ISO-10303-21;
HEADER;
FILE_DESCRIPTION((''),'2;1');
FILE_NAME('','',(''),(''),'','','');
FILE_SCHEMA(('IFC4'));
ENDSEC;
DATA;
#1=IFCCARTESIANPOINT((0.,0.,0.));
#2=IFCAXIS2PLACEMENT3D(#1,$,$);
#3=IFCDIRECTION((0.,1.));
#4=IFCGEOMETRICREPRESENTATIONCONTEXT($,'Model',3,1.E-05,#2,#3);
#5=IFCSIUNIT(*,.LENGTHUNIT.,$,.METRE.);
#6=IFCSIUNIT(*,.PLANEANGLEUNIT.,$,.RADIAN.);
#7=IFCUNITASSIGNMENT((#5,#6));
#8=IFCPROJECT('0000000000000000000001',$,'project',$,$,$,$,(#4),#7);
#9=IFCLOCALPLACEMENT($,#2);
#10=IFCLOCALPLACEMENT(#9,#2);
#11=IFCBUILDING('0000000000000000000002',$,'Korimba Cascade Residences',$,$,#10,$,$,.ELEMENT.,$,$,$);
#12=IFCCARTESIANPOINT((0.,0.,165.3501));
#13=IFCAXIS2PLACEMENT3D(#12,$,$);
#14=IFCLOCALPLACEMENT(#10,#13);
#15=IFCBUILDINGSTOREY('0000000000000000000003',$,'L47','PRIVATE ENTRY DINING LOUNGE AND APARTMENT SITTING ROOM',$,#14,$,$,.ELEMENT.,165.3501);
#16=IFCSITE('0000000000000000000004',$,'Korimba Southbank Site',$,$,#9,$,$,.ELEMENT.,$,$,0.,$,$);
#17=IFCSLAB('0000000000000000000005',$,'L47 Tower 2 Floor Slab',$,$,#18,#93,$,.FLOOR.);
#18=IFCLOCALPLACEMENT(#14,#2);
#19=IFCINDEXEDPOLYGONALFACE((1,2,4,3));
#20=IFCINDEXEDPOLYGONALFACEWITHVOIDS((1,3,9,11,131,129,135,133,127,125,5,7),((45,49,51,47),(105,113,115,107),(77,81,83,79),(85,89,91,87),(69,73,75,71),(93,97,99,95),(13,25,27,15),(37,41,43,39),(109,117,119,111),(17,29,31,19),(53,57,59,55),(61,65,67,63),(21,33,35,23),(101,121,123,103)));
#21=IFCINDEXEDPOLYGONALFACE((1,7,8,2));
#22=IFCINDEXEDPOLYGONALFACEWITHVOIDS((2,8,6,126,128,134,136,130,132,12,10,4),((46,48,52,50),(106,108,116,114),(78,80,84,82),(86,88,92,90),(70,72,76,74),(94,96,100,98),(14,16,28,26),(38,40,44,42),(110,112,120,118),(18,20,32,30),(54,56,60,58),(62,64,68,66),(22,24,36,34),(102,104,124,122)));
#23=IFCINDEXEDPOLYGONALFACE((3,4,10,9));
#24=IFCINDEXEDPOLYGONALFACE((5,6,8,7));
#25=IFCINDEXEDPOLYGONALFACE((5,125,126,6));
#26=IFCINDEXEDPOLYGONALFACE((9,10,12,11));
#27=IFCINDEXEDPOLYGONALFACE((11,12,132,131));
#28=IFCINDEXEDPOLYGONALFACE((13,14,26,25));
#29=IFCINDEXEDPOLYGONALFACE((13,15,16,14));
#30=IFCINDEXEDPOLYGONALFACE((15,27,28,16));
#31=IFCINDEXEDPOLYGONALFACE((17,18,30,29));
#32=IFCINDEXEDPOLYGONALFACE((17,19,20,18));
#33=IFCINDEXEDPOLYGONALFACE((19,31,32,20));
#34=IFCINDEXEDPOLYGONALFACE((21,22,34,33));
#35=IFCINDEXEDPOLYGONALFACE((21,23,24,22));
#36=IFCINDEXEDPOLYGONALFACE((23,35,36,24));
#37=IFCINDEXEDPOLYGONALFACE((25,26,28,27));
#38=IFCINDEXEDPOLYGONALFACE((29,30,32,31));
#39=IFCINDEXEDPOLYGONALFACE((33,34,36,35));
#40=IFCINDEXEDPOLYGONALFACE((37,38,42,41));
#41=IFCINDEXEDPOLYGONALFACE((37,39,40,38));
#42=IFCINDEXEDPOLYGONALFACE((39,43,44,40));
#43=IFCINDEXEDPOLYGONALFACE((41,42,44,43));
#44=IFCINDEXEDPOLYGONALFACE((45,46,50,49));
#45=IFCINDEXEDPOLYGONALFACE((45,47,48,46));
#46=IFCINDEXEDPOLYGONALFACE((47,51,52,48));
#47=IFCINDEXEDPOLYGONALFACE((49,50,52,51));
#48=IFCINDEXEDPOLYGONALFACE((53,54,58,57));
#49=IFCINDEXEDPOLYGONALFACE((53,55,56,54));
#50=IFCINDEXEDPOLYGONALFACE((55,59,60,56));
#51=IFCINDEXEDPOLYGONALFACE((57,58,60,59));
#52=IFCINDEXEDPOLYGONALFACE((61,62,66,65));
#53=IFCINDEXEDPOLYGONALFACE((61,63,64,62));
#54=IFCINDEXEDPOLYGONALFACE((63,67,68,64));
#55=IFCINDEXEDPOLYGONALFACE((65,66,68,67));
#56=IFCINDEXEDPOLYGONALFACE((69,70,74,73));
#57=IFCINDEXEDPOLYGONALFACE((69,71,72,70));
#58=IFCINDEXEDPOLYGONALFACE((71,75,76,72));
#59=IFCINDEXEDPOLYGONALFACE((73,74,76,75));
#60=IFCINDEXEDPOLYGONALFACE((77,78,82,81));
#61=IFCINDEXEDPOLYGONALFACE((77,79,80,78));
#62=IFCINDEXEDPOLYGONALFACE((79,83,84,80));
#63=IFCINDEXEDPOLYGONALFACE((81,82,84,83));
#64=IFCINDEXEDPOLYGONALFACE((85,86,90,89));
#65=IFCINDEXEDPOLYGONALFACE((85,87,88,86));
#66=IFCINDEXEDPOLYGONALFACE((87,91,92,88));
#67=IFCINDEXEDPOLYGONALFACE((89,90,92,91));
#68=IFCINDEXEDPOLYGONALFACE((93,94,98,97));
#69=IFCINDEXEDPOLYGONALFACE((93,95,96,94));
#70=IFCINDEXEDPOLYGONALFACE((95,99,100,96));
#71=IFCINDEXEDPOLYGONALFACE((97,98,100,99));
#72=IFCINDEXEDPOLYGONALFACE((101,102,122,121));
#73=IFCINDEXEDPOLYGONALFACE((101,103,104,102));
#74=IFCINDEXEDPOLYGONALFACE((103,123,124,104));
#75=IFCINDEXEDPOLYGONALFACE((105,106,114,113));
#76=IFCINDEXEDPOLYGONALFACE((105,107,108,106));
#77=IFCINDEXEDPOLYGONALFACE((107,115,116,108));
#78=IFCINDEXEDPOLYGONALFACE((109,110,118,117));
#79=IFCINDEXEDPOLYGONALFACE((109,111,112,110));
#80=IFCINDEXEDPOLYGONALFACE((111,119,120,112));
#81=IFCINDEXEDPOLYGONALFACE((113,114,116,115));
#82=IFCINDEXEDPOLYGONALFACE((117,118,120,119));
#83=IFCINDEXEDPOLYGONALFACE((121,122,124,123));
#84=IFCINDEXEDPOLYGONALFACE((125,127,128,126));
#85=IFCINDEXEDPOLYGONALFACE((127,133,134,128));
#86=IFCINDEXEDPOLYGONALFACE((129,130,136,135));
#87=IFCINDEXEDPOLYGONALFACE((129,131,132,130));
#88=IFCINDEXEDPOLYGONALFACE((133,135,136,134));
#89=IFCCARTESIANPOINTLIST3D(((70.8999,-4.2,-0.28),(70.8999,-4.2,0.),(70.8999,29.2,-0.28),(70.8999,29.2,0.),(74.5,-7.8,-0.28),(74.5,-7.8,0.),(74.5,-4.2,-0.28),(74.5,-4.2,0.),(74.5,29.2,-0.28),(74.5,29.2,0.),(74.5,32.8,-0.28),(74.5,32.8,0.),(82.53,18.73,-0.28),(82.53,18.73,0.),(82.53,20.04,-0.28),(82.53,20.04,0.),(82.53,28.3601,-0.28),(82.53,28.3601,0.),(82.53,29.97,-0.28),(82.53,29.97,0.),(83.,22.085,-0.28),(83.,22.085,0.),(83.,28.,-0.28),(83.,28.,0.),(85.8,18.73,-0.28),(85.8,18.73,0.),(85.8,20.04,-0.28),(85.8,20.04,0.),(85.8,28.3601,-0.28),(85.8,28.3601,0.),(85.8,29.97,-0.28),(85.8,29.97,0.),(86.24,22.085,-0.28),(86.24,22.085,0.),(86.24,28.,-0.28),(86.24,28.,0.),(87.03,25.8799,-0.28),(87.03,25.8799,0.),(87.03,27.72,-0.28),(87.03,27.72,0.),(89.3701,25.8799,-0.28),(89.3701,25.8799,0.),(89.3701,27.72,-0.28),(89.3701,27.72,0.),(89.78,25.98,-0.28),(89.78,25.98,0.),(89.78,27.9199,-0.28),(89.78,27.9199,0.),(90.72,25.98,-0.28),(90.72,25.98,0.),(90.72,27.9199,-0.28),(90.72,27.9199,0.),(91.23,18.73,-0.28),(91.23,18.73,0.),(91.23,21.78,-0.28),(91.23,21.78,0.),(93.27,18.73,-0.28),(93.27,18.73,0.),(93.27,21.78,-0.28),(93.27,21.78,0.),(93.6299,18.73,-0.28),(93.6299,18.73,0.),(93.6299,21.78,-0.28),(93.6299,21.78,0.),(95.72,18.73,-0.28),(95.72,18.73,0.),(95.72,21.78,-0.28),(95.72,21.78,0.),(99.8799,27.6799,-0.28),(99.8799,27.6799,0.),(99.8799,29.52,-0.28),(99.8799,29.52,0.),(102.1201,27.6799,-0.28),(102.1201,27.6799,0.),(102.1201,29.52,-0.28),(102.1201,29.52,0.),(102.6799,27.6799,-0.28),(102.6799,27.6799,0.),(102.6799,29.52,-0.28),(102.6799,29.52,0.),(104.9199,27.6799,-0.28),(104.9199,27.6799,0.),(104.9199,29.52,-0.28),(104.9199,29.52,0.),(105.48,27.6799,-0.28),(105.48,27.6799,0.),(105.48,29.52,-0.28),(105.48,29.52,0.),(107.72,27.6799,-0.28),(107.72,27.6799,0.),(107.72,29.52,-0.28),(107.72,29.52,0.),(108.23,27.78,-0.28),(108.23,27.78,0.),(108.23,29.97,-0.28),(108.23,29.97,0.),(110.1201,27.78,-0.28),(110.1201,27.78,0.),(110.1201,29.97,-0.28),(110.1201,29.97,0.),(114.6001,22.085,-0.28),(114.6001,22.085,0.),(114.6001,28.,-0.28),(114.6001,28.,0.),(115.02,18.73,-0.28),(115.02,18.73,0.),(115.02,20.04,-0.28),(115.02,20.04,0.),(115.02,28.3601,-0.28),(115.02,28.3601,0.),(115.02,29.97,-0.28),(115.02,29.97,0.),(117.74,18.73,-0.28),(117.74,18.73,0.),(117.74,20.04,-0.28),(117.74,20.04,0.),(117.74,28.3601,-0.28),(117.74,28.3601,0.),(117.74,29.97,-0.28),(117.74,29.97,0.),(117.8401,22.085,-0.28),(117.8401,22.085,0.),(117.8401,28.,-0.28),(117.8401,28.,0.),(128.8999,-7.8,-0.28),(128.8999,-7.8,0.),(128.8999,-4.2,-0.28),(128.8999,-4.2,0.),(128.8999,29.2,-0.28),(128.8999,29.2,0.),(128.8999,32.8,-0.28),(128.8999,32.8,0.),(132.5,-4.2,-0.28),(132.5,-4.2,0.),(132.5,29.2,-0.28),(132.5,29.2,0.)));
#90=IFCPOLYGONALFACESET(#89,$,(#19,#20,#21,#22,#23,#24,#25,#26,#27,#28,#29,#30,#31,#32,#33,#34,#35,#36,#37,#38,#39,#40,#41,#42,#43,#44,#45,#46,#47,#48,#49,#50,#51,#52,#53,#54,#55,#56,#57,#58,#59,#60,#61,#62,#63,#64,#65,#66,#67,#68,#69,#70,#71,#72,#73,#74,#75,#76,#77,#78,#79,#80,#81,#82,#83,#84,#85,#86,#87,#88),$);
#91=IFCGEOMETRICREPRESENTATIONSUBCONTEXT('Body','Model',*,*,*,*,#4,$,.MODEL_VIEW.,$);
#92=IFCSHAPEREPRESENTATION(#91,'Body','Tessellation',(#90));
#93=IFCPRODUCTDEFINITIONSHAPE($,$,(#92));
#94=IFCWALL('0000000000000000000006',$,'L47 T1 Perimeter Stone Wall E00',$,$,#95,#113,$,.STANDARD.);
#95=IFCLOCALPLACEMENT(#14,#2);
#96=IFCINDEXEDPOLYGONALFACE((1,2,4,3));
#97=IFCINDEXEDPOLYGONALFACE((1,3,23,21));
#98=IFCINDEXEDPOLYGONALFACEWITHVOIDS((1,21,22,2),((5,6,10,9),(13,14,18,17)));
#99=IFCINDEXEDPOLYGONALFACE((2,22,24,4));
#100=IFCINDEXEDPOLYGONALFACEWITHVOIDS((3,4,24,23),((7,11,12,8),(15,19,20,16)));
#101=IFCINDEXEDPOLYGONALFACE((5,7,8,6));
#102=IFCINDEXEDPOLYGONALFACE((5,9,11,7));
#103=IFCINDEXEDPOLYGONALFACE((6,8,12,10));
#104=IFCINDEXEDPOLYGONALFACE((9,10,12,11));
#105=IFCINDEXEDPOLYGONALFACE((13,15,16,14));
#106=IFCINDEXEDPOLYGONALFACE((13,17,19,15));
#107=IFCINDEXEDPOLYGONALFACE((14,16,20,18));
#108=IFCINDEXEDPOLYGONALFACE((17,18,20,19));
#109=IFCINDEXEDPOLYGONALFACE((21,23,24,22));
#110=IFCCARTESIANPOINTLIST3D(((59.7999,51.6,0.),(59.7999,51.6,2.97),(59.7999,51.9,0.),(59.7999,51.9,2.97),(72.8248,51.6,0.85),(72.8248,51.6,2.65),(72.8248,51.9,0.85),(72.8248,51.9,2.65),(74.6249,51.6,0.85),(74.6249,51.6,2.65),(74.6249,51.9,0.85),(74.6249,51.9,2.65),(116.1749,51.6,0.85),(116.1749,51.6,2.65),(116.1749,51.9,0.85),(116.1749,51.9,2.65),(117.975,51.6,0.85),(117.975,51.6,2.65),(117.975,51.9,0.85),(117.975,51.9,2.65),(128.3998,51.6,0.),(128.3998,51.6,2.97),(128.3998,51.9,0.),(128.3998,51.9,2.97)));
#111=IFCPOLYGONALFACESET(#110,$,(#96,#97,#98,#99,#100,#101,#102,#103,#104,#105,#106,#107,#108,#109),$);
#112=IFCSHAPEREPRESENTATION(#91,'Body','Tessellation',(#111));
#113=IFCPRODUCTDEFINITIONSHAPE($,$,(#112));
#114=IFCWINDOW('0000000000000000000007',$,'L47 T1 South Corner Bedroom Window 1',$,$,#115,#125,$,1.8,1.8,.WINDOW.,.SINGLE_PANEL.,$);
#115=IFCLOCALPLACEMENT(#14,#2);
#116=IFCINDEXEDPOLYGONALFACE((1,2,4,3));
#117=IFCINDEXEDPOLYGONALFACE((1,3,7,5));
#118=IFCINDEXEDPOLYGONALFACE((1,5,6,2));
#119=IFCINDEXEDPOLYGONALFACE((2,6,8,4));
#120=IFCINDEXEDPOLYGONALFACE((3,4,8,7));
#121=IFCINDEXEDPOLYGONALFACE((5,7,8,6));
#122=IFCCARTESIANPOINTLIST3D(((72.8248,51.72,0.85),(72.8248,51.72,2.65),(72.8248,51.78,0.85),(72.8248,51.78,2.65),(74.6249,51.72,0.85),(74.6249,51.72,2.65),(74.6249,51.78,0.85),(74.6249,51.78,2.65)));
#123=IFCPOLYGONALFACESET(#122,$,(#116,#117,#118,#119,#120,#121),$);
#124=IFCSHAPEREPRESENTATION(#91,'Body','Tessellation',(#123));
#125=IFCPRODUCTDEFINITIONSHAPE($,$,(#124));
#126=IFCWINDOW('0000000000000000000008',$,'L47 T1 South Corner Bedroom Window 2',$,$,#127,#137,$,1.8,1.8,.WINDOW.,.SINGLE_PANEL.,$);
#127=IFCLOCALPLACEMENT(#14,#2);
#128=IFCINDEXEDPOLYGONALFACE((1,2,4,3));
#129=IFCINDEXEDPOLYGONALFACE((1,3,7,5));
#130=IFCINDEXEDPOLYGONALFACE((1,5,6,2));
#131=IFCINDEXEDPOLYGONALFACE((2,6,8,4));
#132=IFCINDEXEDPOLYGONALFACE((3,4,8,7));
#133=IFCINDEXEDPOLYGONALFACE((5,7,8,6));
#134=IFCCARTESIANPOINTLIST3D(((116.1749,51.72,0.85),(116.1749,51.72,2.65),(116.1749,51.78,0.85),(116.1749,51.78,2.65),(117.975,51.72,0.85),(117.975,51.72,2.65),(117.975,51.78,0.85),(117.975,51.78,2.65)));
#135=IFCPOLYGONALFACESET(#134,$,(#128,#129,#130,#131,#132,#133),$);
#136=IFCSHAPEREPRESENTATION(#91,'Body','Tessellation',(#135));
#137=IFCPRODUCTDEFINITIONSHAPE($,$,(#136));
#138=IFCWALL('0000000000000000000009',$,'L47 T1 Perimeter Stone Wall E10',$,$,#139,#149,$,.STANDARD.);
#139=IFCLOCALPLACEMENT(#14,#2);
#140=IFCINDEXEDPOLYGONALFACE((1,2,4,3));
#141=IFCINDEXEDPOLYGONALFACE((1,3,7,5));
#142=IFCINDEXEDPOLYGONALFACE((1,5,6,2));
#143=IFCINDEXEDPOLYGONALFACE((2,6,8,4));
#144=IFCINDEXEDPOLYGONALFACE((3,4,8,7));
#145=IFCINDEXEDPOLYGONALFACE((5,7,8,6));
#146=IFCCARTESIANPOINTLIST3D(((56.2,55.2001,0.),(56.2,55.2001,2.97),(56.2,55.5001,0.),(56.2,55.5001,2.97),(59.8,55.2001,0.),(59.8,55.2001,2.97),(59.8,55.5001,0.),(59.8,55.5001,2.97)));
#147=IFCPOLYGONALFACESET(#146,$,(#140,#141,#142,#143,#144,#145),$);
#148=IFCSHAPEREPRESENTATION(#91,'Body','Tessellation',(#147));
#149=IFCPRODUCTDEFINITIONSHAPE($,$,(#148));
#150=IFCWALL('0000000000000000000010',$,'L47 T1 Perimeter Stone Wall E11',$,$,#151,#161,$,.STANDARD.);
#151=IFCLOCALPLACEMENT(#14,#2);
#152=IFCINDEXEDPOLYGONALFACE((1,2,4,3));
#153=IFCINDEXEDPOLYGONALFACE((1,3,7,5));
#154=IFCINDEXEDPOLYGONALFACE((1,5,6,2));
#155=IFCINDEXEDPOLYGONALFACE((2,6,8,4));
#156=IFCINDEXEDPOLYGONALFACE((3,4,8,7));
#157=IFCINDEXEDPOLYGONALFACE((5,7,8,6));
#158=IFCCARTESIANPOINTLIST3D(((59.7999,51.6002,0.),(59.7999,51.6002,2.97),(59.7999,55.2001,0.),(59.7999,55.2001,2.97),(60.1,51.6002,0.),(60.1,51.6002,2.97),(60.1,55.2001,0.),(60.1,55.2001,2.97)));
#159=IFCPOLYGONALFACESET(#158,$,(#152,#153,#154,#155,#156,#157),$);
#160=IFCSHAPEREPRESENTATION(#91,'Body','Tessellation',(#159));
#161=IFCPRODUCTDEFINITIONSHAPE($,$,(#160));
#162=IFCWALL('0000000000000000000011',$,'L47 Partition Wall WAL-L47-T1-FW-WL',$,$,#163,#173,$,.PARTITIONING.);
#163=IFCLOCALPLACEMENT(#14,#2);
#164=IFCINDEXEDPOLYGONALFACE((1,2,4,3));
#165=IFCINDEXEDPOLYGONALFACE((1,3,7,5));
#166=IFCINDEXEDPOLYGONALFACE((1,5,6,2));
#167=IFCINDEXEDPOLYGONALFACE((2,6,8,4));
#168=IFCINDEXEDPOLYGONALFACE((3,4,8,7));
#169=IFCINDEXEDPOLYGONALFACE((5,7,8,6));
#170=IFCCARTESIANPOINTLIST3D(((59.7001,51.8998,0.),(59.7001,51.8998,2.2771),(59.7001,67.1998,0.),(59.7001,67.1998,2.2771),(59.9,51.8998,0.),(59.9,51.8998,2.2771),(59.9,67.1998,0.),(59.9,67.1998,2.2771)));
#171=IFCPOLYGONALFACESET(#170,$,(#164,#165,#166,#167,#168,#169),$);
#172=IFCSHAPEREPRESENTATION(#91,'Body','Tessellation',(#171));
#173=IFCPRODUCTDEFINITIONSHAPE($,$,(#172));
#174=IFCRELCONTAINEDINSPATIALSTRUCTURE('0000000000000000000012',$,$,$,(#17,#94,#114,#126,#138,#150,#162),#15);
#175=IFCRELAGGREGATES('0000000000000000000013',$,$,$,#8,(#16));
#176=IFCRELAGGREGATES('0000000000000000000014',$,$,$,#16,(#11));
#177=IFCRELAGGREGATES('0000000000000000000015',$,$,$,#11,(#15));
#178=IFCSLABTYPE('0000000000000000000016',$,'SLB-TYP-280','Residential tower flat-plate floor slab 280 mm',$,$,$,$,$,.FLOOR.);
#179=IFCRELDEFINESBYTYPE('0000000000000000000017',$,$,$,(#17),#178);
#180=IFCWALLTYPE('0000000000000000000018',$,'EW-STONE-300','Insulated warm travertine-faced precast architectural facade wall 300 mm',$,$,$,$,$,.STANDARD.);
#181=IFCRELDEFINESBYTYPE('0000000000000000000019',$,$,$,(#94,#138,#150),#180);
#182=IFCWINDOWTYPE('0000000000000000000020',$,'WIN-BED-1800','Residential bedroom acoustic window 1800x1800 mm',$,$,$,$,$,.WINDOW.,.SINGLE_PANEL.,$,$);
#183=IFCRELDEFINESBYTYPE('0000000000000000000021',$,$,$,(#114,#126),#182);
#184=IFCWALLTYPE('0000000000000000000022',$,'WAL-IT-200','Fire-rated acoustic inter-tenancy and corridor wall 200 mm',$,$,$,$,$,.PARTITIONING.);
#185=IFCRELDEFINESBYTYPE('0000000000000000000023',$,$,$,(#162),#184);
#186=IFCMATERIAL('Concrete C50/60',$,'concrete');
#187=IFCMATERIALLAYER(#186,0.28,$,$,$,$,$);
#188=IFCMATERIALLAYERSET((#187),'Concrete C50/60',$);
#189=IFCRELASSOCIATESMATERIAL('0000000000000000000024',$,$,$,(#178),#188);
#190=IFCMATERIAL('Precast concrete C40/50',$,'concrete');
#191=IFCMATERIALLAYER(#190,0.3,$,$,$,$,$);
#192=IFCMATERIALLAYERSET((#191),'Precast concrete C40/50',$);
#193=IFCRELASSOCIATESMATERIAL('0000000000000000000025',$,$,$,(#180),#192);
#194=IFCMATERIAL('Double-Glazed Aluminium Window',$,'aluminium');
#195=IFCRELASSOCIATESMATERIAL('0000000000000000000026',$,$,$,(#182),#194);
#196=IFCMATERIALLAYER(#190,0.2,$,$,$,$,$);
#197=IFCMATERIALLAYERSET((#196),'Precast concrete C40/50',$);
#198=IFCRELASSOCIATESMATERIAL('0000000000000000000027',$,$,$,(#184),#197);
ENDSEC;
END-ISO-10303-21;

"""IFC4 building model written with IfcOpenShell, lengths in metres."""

from ifc_helpers import new_model, si_unit, direction, frame, frame_2d, origin, place, context, subcontext, project, spatial, polyline, rectangle, outline, extrude, material, layer, layer_set, type_object, element, fill, save


model = new_model("IFC4")

# Units and contexts
model_context = context("Model", 3, precision=1e-05, world=origin(), true_north=direction((0.0, 1.0)))
body_context = subcontext(model_context, "Body", "Model", "MODEL_VIEW")
ifc_project = project(units=[si_unit("LENGTHUNIT", "METRE"), si_unit("PLANEANGLEUNIT", "RADIAN")], contexts=[model_context])

# Site, building, storey
site_placement = place(None, origin())
site = spatial("IfcSite", under=ifc_project, at=site_placement, Name="Korimba Southbank Site", CompositionType="ELEMENT", RefElevation=0.0)
building_placement = place(site_placement, origin())
building = spatial("IfcBuilding", under=site, at=building_placement, Name="Korimba Cascade Residences", CompositionType="ELEMENT")
storey_placement = place(building_placement, frame((0.0, 0.0, 165.3501)))
storey = spatial("IfcBuildingStorey", under=building, at=storey_placement, Name="L47", Description="PRIVATE ENTRY DINING LOUNGE AND APARTMENT SITTING ROOM", CompositionType="ELEMENT", Elevation=165.3501)

# Shared definitions
ifc_material_1 = material(Name="Concrete C50/60", Category="concrete")

# Slab
ifc_material_2 = material(Name="Precast concrete C40/50", Category="concrete")
ifc_layer_1 = layer(ifc_material_1, 0.28)
ifc_layer_set_1 = layer_set([ifc_layer_1], Name="Concrete C50/60")
slab_type_1 = type_object("IfcSlabType", Name="SLB-TYP-280", Description="Residential tower flat-plate floor slab 280 mm", PredefinedType="FLOOR", material=ifc_layer_set_1)
slab_1_placement = place(storey_placement, frame((0.0, 0.0, -0.28)))
element("IfcSlab", 1, at=slab_1_placement, inside=storey, type_object=slab_type_1, Name="L47 Tower 2 Floor Slab", PredefinedType="FLOOR", context=body_context, shape_type="SweptSolid", body=[
    extrude(outline(polyline([(74.5, -7.8), (128.8999, -7.8), (128.8999, -4.2), (132.5, -4.2), (132.5, 29.2), (128.8999, 29.2), (128.8999, 32.8), (74.5, 32.8), (74.5, 29.2), (70.8999, 29.2), (70.8999, -4.2), (74.5, -4.2), (74.5, -7.8)]), holes=[polyline([(86.24, 22.085), (86.24, 28.0), (83.0, 28.0), (83.0, 22.085), (86.24, 22.085)]), polyline([(117.8401, 22.085), (117.8401, 28.0), (114.6001, 28.0), (114.6001, 22.085), (117.8401, 22.085)]), polyline([(87.03, 25.8799), (89.3701, 25.8799), (89.3701, 27.72), (87.03, 27.72), (87.03, 25.8799)]), polyline([(99.8799, 27.6799), (102.1201, 27.6799), (102.1201, 29.52), (99.8799, 29.52), (99.8799, 27.6799)]), polyline([(102.6799, 27.6799), (104.9199, 27.6799), (104.9199, 29.52), (102.6799, 29.52), (102.6799, 27.6799)]), polyline([(105.48, 27.6799), (107.72, 27.6799), (107.72, 29.52), (105.48, 29.52), (105.48, 27.6799)]), polyline([(89.78, 25.98), (90.72, 25.98), (90.72, 27.9199), (89.78, 27.9199), (89.78, 25.98)]), polyline([(82.53, 18.73), (85.8, 18.73), (85.8, 20.04), (82.53, 20.04), (82.53, 18.73)]), polyline([(82.53, 28.3601), (85.8, 28.3601), (85.8, 29.97), (82.53, 29.97), (82.53, 28.3601)]), polyline([(108.23, 27.78), (110.1201, 27.78), (110.1201, 29.97), (108.23, 29.97), (108.23, 27.78)]), polyline([(91.23, 18.73), (93.27, 18.73), (93.27, 21.78), (91.23, 21.78), (91.23, 18.73)]), polyline([(93.6299, 18.73), (95.72, 18.73), (95.72, 21.78), (93.6299, 21.78), (93.6299, 18.73)]), polyline([(115.02, 18.73), (117.74, 18.73), (117.74, 20.04), (115.02, 20.04), (115.02, 18.73)]), polyline([(115.02, 28.3601), (117.74, 28.3601), (117.74, 29.97), (115.02, 29.97), (115.02, 28.3601)])]), origin(), (0.0, 0.0, 1.0), 0.28),
])

# Wall, openings, windows
ifc_layer_2 = layer(ifc_material_2, 0.3)
ifc_layer_set_2 = layer_set([ifc_layer_2], Name="Precast concrete C40/50")
wall_type_1 = type_object("IfcWallType", Name="EW-STONE-300", Description="Insulated warm travertine-faced precast architectural facade wall 300 mm", PredefinedType="STANDARD", material=ifc_layer_set_2)
wall_1_placement = place(storey_placement, frame((59.8, 51.75, 0.0), z_axis=(0.0, 0.0, 1.0), x_axis=(1.0, 0.0, 0.0)))
wall_1 = element("IfcWall", 2, at=wall_1_placement, inside=storey, type_object=wall_type_1, Name="L47 T1 Perimeter Stone Wall E00", PredefinedType="STANDARD", context=body_context, shape_type="SweptSolid", body=[
    extrude(rectangle(XDim=68.5999, YDim=0.3, at=frame_2d((34.2998, 0.0))), origin(), (0.0, 0.0, 1.0), 2.97),
])
opening_1_placement = place(wall_1_placement, frame((13.0249, 0.0, 0.8501)))
opening_1 = element("IfcOpeningElement", 3, at=opening_1_placement, cuts=wall_1, PredefinedType="OPENING", context=body_context, shape_type="SweptSolid", body=[
    extrude(rectangle(XDim=1.8, YDim=1.8, at=frame_2d((0.8999, 0.8999))), frame((0.0, 0.1602, 0.0), z_axis=(0.0, -1.0, 0.0), x_axis=(1.0, 0.0, 0.0)), (0.0, 0.0, 1.0), 0.3201),
])
opening_2_placement = place(wall_1_placement, frame((56.375, 0.0, 0.8501)))
opening_2 = element("IfcOpeningElement", 4, at=opening_2_placement, cuts=wall_1, PredefinedType="OPENING", context=body_context, shape_type="SweptSolid", body=[
    extrude(rectangle(XDim=1.8, YDim=1.8, at=frame_2d((0.8999, 0.8999))), frame((0.0, 0.1602, 0.0), z_axis=(0.0, -1.0, 0.0), x_axis=(1.0, 0.0, 0.0)), (0.0, 0.0, 1.0), 0.3201),
])
ifc_material_3 = material(Name="Double-Glazed Aluminium Window", Category="aluminium")
window_type = type_object("IfcWindowType", Name="WIN-BED-1800", Description="Residential bedroom acoustic window 1800x1800 mm", PartitioningType="SINGLE_PANEL", PredefinedType="WINDOW", material=ifc_material_3)
window_1_placement = place(opening_1_placement, origin())
window_1 = element("IfcWindow", 5, at=window_1_placement, inside=storey, type_object=window_type, Name="L47 T1 South Corner Bedroom Window 1", OverallHeight=1.8, OverallWidth=1.8, PartitioningType="SINGLE_PANEL", PredefinedType="WINDOW", context=body_context, shape_type="SweptSolid", body=[
    extrude(rectangle(XDim=1.8, YDim=1.8, at=frame_2d((0.8999, 0.8999))), frame((0.0, 0.03, 0.0), z_axis=(0.0, -1.0, 0.0), x_axis=(1.0, 0.0, 0.0)), (0.0, 0.0, 1.0), 0.0601),
])
fill(opening_1, window_1)
window_2_placement = place(opening_2_placement, origin())
window_2 = element("IfcWindow", 6, at=window_2_placement, inside=storey, type_object=window_type, Name="L47 T1 South Corner Bedroom Window 2", OverallHeight=1.8, OverallWidth=1.8, PartitioningType="SINGLE_PANEL", PredefinedType="WINDOW", context=body_context, shape_type="SweptSolid", body=[
    extrude(rectangle(XDim=1.8, YDim=1.8, at=frame_2d((0.8999, 0.8999))), frame((0.0, 0.03, 0.0), z_axis=(0.0, -1.0, 0.0), x_axis=(1.0, 0.0, 0.0)), (0.0, 0.0, 1.0), 0.0601),
])
fill(opening_2, window_2)

# Walls
wall_2_placement = place(storey_placement, frame((56.2, 55.3501, 0.0), z_axis=(0.0, 0.0, 1.0), x_axis=(1.0, 0.0, 0.0)))
element("IfcWall", 7, at=wall_2_placement, inside=storey, type_object=wall_type_1, Name="L47 T1 Perimeter Stone Wall E10", PredefinedType="STANDARD", context=body_context, shape_type="SweptSolid", body=[
    extrude(rectangle(XDim=3.6001, YDim=0.3, at=frame_2d((1.8, 0.0))), origin(), (0.0, 0.0, 1.0), 2.97),
])
wall_3_placement = place(storey_placement, frame((59.95, 55.2, 0.0), z_axis=(0.0, 0.0, 1.0), x_axis=(0.0, -1.0, 0.0)))
element("IfcWall", 8, at=wall_3_placement, inside=storey, type_object=wall_type_1, Name="L47 T1 Perimeter Stone Wall E11", PredefinedType="STANDARD", context=body_context, shape_type="SweptSolid", body=[
    extrude(rectangle(XDim=3.5999, YDim=0.3, at=frame_2d((1.7998, 0.0))), origin(), (0.0, 0.0, 1.0), 2.97),
])
ifc_layer_3 = layer(ifc_material_2, 0.2)
ifc_layer_set_3 = layer_set([ifc_layer_3], Name="Precast concrete C40/50")
wall_type_2 = type_object("IfcWallType", Name="WAL-IT-200", Description="Fire-rated acoustic inter-tenancy and corridor wall 200 mm", PredefinedType="PARTITIONING", material=ifc_layer_set_3)
wall_4_placement = place(storey_placement, frame((59.8, 51.8999, 0.0), z_axis=(0.0, 0.0, 1.0), x_axis=(0.0, 1.0, 0.0)))
element("IfcWall", 9, at=wall_4_placement, inside=storey, type_object=wall_type_2, Name="L47 Partition Wall WAL-L47-T1-FW-WL", PredefinedType="PARTITIONING", context=body_context, shape_type="SweptSolid", body=[
    extrude(rectangle(XDim=15.3, YDim=0.2, at=frame_2d((7.6499, 0.0))), origin(), (0.0, 0.0, 1.0), 2.2771),
])

save(model, "model.ifc")
